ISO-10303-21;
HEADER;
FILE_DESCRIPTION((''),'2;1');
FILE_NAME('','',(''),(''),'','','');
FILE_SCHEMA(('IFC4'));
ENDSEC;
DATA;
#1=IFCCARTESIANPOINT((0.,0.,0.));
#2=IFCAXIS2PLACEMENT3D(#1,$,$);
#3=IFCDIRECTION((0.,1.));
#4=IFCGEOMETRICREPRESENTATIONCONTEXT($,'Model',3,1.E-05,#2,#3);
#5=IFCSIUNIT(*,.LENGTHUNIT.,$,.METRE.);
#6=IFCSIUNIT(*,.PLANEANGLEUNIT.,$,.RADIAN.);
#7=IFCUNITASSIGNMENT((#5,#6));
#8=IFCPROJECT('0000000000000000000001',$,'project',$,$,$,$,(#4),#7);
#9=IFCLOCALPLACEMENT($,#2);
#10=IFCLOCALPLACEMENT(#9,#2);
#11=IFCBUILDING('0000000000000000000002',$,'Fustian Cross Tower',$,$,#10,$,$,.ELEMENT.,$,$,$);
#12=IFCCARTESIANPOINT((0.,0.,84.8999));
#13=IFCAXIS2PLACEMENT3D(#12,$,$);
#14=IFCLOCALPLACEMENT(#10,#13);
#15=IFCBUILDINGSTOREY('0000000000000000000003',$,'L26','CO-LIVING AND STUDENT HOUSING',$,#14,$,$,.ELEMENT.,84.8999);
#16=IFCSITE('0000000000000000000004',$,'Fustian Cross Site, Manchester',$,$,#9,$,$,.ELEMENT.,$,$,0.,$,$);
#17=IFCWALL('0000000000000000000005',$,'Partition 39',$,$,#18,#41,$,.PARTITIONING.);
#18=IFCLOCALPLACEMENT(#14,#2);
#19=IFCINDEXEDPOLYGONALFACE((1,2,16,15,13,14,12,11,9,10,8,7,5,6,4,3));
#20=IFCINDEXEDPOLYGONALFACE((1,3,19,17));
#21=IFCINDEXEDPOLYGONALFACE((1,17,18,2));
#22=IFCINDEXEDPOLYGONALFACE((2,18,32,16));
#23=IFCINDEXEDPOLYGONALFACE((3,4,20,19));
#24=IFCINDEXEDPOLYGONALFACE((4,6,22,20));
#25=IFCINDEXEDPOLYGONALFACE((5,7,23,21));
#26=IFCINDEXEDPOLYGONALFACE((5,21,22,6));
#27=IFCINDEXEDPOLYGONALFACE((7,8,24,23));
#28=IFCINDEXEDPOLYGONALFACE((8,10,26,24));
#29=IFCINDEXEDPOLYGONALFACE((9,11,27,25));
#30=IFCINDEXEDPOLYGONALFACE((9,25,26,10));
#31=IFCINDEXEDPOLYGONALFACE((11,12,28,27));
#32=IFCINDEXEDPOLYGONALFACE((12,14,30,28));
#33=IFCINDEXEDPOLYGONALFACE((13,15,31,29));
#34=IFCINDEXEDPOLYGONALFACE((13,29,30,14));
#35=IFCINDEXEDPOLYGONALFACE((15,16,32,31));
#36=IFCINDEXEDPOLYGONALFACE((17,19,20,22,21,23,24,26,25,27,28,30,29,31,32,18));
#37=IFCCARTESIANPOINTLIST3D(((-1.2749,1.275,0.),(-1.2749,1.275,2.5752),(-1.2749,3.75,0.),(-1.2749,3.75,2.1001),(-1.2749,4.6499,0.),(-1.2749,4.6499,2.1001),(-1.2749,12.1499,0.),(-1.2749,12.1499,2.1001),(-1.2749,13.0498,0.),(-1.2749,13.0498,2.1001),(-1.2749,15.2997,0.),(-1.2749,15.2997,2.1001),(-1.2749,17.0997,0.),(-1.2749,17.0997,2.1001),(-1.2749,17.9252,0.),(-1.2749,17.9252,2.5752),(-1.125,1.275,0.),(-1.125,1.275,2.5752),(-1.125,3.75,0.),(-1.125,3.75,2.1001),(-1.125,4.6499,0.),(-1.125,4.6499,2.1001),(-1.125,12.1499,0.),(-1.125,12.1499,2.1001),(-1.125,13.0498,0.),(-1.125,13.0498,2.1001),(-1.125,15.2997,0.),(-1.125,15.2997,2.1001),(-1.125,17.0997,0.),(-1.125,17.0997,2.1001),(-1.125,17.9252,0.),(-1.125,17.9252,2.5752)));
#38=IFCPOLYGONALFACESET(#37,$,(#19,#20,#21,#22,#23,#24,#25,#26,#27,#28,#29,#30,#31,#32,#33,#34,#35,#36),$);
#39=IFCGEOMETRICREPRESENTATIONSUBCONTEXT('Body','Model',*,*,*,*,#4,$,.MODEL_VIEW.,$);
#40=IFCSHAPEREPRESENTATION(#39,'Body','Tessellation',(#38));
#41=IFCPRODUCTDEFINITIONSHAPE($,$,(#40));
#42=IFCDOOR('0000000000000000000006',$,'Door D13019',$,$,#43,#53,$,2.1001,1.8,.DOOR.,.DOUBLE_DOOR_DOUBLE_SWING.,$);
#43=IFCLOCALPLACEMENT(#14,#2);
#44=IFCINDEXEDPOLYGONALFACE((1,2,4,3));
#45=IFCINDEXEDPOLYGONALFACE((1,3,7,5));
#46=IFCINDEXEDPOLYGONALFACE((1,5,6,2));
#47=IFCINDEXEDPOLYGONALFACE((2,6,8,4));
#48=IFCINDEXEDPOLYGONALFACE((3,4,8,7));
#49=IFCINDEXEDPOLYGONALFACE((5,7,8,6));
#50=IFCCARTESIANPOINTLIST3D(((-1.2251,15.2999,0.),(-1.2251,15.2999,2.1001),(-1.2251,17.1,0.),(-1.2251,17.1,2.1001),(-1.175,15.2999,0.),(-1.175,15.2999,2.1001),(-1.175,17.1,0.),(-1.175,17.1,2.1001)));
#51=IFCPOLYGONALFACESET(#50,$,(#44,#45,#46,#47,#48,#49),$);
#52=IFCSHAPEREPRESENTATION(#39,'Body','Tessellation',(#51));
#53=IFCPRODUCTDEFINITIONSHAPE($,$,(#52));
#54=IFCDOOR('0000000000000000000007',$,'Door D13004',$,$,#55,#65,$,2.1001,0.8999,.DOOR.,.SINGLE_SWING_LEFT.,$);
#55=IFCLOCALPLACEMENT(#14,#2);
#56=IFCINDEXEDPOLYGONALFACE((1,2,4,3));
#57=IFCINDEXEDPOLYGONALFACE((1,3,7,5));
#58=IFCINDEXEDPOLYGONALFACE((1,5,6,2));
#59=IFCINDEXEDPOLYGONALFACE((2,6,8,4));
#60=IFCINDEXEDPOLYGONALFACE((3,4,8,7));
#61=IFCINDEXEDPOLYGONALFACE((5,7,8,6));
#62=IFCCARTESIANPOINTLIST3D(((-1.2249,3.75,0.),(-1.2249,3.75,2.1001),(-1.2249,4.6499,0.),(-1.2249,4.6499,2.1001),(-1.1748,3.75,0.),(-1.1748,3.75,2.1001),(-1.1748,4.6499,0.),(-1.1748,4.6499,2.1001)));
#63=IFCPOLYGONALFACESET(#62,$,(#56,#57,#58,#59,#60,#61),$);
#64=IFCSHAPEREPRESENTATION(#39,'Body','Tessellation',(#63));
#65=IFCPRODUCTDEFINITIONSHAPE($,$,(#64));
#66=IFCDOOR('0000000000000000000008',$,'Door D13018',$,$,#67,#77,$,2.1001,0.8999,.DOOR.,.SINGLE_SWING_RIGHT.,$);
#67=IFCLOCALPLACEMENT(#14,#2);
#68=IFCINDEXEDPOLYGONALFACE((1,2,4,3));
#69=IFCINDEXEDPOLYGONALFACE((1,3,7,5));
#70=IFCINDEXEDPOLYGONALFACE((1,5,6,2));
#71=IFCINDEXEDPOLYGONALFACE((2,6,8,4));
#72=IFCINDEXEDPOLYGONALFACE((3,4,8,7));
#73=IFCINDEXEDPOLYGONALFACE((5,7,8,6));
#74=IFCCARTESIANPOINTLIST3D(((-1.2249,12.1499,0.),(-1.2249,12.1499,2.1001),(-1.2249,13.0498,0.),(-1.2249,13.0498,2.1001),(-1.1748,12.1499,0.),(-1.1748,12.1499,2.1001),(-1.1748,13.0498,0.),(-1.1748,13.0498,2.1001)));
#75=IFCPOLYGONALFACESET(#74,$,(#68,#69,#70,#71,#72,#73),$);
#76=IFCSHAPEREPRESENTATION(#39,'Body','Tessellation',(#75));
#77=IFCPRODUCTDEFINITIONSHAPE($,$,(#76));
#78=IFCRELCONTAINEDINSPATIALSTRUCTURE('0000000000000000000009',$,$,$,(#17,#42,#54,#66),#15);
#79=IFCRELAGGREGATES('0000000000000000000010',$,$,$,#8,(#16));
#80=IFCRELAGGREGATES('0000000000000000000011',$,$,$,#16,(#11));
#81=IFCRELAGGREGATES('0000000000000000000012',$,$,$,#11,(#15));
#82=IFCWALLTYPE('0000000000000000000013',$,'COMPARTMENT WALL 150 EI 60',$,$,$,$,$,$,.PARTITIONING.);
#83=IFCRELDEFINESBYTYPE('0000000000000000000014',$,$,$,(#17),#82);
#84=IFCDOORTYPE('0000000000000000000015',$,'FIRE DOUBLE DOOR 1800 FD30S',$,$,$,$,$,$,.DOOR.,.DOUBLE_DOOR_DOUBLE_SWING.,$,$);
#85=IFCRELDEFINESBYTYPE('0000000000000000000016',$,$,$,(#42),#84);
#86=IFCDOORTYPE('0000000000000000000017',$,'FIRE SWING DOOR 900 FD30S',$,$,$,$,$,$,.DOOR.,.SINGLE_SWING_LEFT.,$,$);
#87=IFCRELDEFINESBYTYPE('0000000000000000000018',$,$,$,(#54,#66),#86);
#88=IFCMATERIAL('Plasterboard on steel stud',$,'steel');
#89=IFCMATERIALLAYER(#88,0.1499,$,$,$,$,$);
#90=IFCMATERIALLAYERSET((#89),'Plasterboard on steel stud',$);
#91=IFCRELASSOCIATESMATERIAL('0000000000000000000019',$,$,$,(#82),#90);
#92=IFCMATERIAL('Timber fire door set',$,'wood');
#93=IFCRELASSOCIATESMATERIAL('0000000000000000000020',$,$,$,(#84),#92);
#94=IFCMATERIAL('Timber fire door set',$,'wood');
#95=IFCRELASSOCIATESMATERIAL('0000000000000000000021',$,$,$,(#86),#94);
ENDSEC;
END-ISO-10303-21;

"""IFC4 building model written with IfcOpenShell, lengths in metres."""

from ifc_helpers import new_model, si_unit, direction, frame, frame_2d, origin, place, context, subcontext, project, spatial, rectangle, extrude, material, layer, layer_set, type_object, element, fill, save


model = new_model("IFC4")

# Units and contexts
model_context = context("Model", 3, precision=1e-05, world=origin(), true_north=direction((0.0, 1.0)))
body_context = subcontext(model_context, "Body", "Model", "MODEL_VIEW")
ifc_project = project(units=[si_unit("LENGTHUNIT", "METRE"), si_unit("PLANEANGLEUNIT", "RADIAN")], contexts=[model_context])

# Site, building, storey
site_placement = place(None, origin())
site = spatial("IfcSite", under=ifc_project, at=site_placement, Name="Fustian Cross Site, Manchester", CompositionType="ELEMENT", RefElevation=0.0)
building_placement = place(site_placement, origin())
building = spatial("IfcBuilding", under=site, at=building_placement, Name="Fustian Cross Tower", CompositionType="ELEMENT")
storey_placement = place(building_placement, frame((0.0, 0.0, 84.8999)))
storey = spatial("IfcBuildingStorey", under=building, at=storey_placement, Name="L26", Description="CO-LIVING AND STUDENT HOUSING", CompositionType="ELEMENT", Elevation=84.8999)

# Wall, openings, doors
ifc_material_1 = material(Name="Plasterboard on steel stud", Category="steel")
ifc_layer_1 = layer(ifc_material_1, 0.1499)
ifc_layer_set_1 = layer_set([ifc_layer_1], Name="Plasterboard on steel stud")
wall_type = type_object("IfcWallType", Name="COMPARTMENT WALL 150 EI 60", PredefinedType="PARTITIONING", material=ifc_layer_set_1)
wall_placement = place(storey_placement, frame((-1.2, 1.2749, 0.0), z_axis=(0.0, 0.0, 1.0), x_axis=(0.0, 1.0, 0.0)))
wall = element("IfcWall", 1, at=wall_placement, inside=storey, type_object=wall_type, Name="Partition 39", PredefinedType="PARTITIONING", context=body_context, shape_type="SweptSolid", body=[
    extrude(rectangle(XDim=16.6501, YDim=0.1499, at=frame_2d((8.3252, 0.0))), origin(), (0.0, 0.0, 1.0), 2.5752),
])
opening_1_placement = place(wall_placement, frame((2.4751, 0.0, 0.0)))
opening_1 = element("IfcOpeningElement", 2, at=opening_1_placement, cuts=wall, PredefinedType="OPENING", context=body_context, shape_type="SweptSolid", body=[
    extrude(rectangle(XDim=0.8999, YDim=2.1001, at=frame_2d((0.45, 1.05))), frame((0.0, 0.085, 0.0), z_axis=(0.0, -1.0, 0.0), x_axis=(1.0, 0.0, 0.0)), (0.0, 0.0, 1.0), 0.1699),
])
opening_2_placement = place(wall_placement, frame((10.875, 0.0, 0.0)))
opening_2 = element("IfcOpeningElement", 3, at=opening_2_placement, cuts=wall, PredefinedType="OPENING", context=body_context, shape_type="SweptSolid", body=[
    extrude(rectangle(XDim=0.8999, YDim=2.1001, at=frame_2d((0.45, 1.05))), frame((0.0, 0.085, 0.0), z_axis=(0.0, -1.0, 0.0), x_axis=(1.0, 0.0, 0.0)), (0.0, 0.0, 1.0), 0.1699),
])
opening_3_placement = place(wall_placement, frame((14.0249, 0.0, 0.0)))
opening_3 = element("IfcOpeningElement", 4, at=opening_3_placement, cuts=wall, PredefinedType="OPENING", context=body_context, shape_type="SweptSolid", body=[
    extrude(rectangle(XDim=1.8, YDim=2.1001, at=frame_2d((0.8999, 1.05))), frame((0.0, 0.085, 0.0), z_axis=(0.0, -1.0, 0.0), x_axis=(1.0, 0.0, 0.0)), (0.0, 0.0, 1.0), 0.1699),
])
ifc_material_2 = material(Name="Timber fire door set", Category="wood")
door_type_1 = type_object("IfcDoorType", Name="FIRE DOUBLE DOOR 1800 FD30S", OperationType="DOUBLE_DOOR_DOUBLE_SWING", PredefinedType="DOOR", material=ifc_material_2)
door_1_placement = place(opening_3_placement, frame((1.8, 0.0, 0.0), z_axis=(0.0, 0.0, 1.0), x_axis=(-1.0, 0.0, 0.0)))
door_1 = element("IfcDoor", 5, at=door_1_placement, inside=storey, type_object=door_type_1, Name="Door D13019", OperationType="DOUBLE_DOOR_DOUBLE_SWING", OverallHeight=2.1001, OverallWidth=1.8, PredefinedType="DOOR", context=body_context, shape_type="SweptSolid", body=[
    extrude(rectangle(XDim=1.8, YDim=2.1001, at=frame_2d((0.8999, 1.05))), frame((0.0, 0.0249, 0.0), z_axis=(0.0, -1.0, 0.0), x_axis=(1.0, 0.0, 0.0)), (0.0, 0.0, 1.0), 0.05),
])
fill(opening_3, door_1)
ifc_material_3 = material(Name="Timber fire door set", Category="wood")
door_type_2 = type_object("IfcDoorType", Name="FIRE SWING DOOR 900 FD30S", OperationType="SINGLE_SWING_LEFT", PredefinedType="DOOR", material=ifc_material_3)
door_2_placement = place(opening_1_placement, origin())
door_2 = element("IfcDoor", 6, at=door_2_placement, inside=storey, type_object=door_type_2, Name="Door D13004", OperationType="SINGLE_SWING_LEFT", OverallHeight=2.1001, OverallWidth=0.8999, PredefinedType="DOOR", context=body_context, shape_type="SweptSolid", body=[
    extrude(rectangle(XDim=0.8999, YDim=2.1001, at=frame_2d((0.45, 1.05))), frame((0.0, 0.0249, 0.0), z_axis=(0.0, -1.0, 0.0), x_axis=(1.0, 0.0, 0.0)), (0.0, 0.0, 1.0), 0.05),
])
fill(opening_1, door_2)
door_3_placement = place(opening_2_placement, origin())
door_3 = element("IfcDoor", 7, at=door_3_placement, inside=storey, type_object=door_type_2, Name="Door D13018", OperationType="SINGLE_SWING_RIGHT", OverallHeight=2.1001, OverallWidth=0.8999, PredefinedType="DOOR", context=body_context, shape_type="SweptSolid", body=[
    extrude(rectangle(XDim=0.8999, YDim=2.1001, at=frame_2d((0.45, 1.05))), frame((0.0, 0.0249, 0.0), z_axis=(0.0, -1.0, 0.0), x_axis=(1.0, 0.0, 0.0)), (0.0, 0.0, 1.0), 0.05),
])
fill(opening_2, door_3)

save(model, "model.ifc")
